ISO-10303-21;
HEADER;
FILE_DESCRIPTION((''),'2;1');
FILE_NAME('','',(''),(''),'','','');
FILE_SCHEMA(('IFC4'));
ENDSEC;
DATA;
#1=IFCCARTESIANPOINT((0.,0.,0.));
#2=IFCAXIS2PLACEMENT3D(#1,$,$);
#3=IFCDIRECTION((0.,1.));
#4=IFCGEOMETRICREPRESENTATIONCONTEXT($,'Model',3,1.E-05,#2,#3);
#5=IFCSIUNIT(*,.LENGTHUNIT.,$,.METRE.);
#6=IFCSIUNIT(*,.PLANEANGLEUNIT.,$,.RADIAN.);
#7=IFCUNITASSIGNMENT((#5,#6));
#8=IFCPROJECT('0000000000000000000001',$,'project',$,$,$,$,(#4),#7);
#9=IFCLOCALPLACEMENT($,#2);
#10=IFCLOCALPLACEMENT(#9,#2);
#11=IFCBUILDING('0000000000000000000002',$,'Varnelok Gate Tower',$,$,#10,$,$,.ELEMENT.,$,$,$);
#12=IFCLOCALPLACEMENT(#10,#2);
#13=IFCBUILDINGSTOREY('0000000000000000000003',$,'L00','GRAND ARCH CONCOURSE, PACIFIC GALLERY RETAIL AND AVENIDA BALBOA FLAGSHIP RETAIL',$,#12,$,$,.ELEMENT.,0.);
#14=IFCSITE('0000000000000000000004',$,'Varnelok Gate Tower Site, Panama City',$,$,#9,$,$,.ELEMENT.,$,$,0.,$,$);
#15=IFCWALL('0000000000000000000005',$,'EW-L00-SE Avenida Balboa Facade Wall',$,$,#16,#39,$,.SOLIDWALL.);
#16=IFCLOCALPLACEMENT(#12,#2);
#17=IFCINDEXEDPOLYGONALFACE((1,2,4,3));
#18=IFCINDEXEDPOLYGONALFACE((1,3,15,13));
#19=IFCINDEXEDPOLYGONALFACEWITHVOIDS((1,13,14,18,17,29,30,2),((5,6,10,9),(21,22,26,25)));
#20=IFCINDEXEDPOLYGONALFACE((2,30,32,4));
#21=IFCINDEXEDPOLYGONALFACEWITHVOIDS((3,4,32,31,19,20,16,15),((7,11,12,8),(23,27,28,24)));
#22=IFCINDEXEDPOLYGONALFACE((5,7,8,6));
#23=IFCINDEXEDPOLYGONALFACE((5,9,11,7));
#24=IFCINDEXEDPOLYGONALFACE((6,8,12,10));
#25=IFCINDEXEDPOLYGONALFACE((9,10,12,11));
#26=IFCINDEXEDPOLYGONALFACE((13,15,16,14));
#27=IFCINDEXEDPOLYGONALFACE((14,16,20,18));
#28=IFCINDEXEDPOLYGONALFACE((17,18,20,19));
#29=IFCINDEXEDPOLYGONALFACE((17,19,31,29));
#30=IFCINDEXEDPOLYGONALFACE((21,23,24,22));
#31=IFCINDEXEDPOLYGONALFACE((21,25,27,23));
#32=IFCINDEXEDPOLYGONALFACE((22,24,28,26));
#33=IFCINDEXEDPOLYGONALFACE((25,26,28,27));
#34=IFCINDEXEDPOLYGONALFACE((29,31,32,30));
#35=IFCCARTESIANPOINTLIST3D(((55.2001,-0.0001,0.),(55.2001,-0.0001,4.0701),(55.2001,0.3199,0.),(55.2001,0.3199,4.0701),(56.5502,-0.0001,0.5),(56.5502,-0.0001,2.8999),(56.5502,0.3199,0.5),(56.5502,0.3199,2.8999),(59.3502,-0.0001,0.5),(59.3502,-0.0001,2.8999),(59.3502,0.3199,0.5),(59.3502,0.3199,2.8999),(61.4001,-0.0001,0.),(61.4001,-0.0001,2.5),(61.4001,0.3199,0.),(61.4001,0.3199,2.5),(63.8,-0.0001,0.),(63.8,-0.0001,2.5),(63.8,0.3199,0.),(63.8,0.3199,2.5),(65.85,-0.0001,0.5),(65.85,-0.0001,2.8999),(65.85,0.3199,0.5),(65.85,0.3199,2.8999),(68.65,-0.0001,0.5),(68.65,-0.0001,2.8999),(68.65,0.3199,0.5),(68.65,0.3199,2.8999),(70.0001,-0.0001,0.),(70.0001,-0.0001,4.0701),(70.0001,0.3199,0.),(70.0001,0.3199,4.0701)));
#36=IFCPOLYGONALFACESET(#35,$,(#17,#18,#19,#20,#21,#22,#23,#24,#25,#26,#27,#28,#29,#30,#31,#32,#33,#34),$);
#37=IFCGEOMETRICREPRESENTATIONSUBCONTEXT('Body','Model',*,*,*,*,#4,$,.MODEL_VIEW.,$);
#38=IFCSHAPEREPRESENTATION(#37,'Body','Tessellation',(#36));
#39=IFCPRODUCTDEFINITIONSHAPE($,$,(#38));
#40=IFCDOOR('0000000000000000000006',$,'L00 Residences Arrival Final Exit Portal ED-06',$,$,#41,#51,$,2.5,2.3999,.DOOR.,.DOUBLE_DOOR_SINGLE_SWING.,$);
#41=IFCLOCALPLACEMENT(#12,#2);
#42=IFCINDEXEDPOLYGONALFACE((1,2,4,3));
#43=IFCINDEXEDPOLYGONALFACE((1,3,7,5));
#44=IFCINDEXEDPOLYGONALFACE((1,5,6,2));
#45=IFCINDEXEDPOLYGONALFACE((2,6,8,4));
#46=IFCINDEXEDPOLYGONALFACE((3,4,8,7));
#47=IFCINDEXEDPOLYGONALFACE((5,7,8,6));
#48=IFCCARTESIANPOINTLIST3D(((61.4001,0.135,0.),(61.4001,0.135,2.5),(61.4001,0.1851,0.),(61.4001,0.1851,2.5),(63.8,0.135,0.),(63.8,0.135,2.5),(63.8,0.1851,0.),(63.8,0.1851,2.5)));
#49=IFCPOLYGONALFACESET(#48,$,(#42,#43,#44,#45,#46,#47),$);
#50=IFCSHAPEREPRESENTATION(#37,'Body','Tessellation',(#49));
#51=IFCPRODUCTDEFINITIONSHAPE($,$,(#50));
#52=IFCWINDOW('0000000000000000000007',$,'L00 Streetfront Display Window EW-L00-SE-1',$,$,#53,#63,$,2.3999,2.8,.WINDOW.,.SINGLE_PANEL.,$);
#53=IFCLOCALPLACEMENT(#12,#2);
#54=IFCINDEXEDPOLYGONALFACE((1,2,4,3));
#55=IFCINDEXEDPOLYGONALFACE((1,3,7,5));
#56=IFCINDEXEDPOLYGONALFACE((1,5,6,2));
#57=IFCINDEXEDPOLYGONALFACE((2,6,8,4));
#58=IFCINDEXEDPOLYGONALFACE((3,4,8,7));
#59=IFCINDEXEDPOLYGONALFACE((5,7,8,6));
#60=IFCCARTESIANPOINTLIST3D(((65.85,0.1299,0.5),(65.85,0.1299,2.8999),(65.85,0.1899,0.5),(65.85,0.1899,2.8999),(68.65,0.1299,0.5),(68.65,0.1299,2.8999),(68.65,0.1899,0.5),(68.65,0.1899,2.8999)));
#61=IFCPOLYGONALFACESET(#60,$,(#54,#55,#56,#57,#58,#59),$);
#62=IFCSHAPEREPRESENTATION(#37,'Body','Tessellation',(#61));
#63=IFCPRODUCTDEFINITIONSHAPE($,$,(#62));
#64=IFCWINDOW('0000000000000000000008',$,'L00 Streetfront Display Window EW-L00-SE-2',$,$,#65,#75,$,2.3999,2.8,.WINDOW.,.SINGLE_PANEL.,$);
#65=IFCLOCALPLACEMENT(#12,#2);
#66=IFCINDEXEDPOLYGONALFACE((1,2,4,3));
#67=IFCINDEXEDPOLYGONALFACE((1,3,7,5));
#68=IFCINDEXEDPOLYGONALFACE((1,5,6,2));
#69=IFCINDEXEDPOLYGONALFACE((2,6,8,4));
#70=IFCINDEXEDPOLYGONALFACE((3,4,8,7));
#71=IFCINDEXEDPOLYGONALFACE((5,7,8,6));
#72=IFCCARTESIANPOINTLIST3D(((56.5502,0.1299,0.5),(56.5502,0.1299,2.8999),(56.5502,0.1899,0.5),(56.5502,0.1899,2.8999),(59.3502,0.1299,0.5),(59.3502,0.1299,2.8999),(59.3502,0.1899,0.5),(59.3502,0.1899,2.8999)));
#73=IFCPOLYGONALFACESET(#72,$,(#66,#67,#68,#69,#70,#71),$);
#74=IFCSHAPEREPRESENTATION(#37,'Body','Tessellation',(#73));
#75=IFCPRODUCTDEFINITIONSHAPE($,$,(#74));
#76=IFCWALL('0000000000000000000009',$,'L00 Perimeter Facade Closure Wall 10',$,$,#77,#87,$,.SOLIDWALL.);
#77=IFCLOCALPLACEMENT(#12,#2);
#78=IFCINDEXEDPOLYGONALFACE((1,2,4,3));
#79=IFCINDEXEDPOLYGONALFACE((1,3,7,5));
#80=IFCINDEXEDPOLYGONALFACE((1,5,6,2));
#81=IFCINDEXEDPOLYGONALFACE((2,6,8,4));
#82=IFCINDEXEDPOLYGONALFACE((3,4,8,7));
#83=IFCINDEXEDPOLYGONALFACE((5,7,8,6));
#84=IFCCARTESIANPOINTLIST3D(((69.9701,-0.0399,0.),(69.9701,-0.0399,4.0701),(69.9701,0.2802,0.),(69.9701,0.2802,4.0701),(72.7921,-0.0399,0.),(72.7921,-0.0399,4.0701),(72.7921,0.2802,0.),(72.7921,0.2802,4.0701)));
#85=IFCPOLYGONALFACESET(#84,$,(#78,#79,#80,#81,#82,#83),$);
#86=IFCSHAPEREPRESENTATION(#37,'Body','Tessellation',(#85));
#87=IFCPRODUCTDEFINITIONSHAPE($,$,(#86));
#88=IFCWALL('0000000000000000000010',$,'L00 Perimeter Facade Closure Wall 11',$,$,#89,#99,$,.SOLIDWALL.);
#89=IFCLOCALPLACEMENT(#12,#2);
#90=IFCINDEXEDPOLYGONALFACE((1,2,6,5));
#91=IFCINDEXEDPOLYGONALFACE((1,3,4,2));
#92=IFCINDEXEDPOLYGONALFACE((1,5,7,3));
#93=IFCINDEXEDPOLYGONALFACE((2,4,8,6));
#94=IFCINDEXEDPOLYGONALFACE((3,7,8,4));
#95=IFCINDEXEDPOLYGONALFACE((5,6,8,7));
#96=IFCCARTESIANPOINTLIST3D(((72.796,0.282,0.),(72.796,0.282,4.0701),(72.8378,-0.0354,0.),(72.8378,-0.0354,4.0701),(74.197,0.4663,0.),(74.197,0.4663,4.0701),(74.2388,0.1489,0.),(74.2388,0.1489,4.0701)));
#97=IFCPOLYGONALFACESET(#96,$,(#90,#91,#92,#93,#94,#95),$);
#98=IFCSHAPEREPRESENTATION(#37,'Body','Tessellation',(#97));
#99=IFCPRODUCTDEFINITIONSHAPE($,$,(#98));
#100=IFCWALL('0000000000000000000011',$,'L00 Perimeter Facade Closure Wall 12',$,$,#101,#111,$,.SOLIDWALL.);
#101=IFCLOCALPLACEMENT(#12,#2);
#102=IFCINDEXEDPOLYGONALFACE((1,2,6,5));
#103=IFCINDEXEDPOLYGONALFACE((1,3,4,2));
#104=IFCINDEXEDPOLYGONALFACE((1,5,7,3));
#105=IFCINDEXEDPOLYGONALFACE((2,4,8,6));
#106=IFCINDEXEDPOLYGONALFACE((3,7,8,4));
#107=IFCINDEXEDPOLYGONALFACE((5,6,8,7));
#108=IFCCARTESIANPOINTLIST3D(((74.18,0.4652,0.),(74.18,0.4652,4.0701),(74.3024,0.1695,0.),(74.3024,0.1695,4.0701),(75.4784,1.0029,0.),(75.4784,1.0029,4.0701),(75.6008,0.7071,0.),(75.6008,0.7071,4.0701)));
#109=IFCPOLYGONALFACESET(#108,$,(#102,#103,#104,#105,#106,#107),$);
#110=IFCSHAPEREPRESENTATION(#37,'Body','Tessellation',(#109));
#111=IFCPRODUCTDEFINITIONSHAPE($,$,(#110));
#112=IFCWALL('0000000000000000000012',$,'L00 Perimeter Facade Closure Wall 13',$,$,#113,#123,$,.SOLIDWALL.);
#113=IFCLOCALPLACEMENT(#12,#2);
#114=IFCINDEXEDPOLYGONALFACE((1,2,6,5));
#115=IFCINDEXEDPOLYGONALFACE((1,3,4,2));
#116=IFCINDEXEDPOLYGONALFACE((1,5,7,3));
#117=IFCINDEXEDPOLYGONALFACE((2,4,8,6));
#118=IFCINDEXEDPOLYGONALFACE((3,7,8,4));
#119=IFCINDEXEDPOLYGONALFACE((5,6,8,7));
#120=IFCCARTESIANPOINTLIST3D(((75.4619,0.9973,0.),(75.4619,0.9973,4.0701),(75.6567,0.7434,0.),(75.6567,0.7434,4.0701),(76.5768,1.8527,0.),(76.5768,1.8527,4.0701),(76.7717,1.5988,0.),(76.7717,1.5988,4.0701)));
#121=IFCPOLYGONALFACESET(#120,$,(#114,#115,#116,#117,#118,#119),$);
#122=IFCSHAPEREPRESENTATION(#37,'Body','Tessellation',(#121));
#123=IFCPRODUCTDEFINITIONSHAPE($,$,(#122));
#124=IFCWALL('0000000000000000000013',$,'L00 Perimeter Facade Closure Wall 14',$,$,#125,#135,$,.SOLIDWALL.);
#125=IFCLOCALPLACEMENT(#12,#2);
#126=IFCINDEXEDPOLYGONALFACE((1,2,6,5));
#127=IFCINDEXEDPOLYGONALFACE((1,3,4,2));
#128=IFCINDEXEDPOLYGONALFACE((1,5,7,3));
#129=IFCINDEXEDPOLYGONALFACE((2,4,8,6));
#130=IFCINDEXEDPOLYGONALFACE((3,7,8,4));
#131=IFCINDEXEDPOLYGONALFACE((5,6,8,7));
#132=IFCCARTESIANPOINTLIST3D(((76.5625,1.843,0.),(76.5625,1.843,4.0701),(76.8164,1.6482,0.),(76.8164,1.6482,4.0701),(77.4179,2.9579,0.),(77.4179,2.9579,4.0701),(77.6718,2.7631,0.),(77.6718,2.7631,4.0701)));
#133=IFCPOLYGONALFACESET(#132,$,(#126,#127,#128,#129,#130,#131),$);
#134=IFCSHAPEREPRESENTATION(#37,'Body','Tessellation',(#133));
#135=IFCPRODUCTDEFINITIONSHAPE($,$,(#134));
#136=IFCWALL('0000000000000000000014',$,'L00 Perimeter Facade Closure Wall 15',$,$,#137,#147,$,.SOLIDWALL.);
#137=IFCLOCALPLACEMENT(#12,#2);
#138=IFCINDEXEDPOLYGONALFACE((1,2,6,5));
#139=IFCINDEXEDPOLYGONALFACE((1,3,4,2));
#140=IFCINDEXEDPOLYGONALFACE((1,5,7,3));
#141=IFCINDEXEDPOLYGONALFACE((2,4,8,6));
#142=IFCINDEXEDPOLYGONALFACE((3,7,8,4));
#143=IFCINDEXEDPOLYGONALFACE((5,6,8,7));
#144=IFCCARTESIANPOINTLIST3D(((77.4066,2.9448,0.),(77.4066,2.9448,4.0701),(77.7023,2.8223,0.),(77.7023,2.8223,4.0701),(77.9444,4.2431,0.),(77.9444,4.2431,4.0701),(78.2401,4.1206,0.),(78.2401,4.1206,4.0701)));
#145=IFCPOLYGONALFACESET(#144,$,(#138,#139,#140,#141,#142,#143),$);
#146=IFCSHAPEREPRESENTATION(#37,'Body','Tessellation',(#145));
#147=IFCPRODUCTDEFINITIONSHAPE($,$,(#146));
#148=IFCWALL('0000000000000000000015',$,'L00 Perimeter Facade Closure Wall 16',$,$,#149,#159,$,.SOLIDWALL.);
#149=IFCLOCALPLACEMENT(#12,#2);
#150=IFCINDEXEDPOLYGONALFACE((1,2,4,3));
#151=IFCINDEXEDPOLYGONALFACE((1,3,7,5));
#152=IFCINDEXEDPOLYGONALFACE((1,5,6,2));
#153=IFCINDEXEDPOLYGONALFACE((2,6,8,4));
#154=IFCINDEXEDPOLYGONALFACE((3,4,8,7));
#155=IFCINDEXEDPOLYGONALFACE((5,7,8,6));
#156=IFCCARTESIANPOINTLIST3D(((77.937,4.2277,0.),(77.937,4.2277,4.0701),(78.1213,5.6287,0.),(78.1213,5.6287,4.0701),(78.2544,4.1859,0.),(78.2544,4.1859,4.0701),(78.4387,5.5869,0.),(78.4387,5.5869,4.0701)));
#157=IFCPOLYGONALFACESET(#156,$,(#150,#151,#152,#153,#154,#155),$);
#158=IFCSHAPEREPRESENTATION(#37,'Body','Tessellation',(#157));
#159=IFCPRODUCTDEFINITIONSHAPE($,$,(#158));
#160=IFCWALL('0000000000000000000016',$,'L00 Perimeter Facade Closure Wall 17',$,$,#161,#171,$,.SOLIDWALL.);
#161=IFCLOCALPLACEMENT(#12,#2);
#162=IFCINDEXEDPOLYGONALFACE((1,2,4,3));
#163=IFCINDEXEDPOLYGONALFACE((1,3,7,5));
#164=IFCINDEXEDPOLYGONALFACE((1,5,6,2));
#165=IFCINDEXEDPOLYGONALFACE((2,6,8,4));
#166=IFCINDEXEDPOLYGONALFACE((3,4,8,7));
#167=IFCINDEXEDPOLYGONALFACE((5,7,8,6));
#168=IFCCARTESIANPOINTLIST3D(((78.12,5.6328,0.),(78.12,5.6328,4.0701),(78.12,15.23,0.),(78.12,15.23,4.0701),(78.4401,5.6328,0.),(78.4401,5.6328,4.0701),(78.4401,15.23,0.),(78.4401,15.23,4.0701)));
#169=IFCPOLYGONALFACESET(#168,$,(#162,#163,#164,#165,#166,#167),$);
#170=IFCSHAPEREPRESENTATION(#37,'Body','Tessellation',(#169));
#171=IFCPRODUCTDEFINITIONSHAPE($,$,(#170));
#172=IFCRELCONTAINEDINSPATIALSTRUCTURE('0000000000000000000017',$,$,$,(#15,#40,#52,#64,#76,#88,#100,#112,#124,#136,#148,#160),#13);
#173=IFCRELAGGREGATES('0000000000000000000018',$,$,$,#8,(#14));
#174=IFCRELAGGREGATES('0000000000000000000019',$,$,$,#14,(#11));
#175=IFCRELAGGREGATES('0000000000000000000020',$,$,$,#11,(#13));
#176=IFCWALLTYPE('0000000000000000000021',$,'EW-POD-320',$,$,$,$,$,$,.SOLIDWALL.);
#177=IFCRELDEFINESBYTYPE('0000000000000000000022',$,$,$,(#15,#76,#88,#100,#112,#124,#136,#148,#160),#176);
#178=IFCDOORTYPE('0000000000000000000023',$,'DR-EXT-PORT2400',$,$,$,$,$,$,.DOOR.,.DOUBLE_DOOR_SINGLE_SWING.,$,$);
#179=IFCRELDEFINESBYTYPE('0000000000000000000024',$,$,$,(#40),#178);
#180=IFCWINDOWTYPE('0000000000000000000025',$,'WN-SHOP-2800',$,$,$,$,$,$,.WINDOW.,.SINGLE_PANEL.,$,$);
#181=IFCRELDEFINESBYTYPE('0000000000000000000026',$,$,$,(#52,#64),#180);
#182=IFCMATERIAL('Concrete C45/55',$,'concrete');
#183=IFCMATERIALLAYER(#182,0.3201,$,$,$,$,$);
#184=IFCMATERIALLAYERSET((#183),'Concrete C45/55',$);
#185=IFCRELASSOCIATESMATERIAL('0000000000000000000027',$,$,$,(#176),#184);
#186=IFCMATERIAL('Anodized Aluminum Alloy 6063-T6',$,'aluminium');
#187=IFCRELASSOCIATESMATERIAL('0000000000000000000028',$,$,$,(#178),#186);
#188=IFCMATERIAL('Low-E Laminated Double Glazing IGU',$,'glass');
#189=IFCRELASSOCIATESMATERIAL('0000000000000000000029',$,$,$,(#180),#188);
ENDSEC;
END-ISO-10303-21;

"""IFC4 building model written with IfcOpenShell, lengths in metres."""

from ifc_helpers import new_model, si_unit, direction, frame, frame_2d, origin, place, context, subcontext, project, spatial, rectangle, extrude, material, layer, layer_set, type_object, element, fill, save


model = new_model("IFC4")

# Units and contexts
model_context = context("Model", 3, precision=1e-05, world=origin(), true_north=direction((0.0, 1.0)))
body_context = subcontext(model_context, "Body", "Model", "MODEL_VIEW")
ifc_project = project(units=[si_unit("LENGTHUNIT", "METRE"), si_unit("PLANEANGLEUNIT", "RADIAN")], contexts=[model_context])

# Site, building, storey
site_placement = place(None, origin())
site = spatial("IfcSite", under=ifc_project, at=site_placement, Name="Varnelok Gate Tower Site, Panama City", CompositionType="ELEMENT", RefElevation=0.0)
building_placement = place(site_placement, origin())
building = spatial("IfcBuilding", under=site, at=building_placement, Name="Varnelok Gate Tower", CompositionType="ELEMENT")
storey_placement = place(building_placement, origin())
storey = spatial("IfcBuildingStorey", under=building, at=storey_placement, Name="L00", Description="GRAND ARCH CONCOURSE, PACIFIC GALLERY RETAIL AND AVENIDA BALBOA FLAGSHIP RETAIL", CompositionType="ELEMENT", Elevation=0.0)

# Wall, openings, door, windows
ifc_material_1 = material(Name="Concrete C45/55", Category="concrete")
ifc_layer_1 = layer(ifc_material_1, 0.3201)
ifc_layer_set_1 = layer_set([ifc_layer_1], Name="Concrete C45/55")
wall_type = type_object("IfcWallType", Name="EW-POD-320", PredefinedType="SOLIDWALL", material=ifc_layer_set_1)
wall_1_placement = place(storey_placement, frame((70.0, 0.1599, 0.0), z_axis=(0.0, 0.0, 1.0), x_axis=(-1.0, 0.0, 0.0)))
wall_1 = element("IfcWall", 1, at=wall_1_placement, inside=storey, type_object=wall_type, Name="EW-L00-SE Avenida Balboa Facade Wall", PredefinedType="SOLIDWALL", context=body_context, shape_type="SweptSolid", body=[
    extrude(rectangle(XDim=14.8, YDim=0.3201, at=frame_2d((7.3999, 0.0))), origin(), (0.0, 0.0, 1.0), 4.0701),
])
opening_1_placement = place(wall_1_placement, frame((6.2, 0.0, 0.0)))
opening_1 = element("IfcOpeningElement", 2, at=opening_1_placement, cuts=wall_1, PredefinedType="OPENING", context=body_context, shape_type="SweptSolid", body=[
    extrude(rectangle(XDim=2.3999, YDim=2.5, at=frame_2d((1.2, 1.25))), frame((0.0, 0.1699, 0.0), z_axis=(0.0, -1.0, 0.0), x_axis=(1.0, 0.0, 0.0)), (0.0, 0.0, 1.0), 0.3401),
])
opening_2_placement = place(wall_1_placement, frame((1.3501, 0.0, 0.5)))
opening_2 = element("IfcOpeningElement", 3, at=opening_2_placement, cuts=wall_1, PredefinedType="OPENING", context=body_context, shape_type="SweptSolid", body=[
    extrude(rectangle(XDim=2.8, YDim=2.3999, at=frame_2d((1.3999, 1.2))), frame((0.0, 0.1699, 0.0), z_axis=(0.0, -1.0, 0.0), x_axis=(1.0, 0.0, 0.0)), (0.0, 0.0, 1.0), 0.3401),
])
opening_3_placement = place(wall_1_placement, frame((10.6499, 0.0, 0.5)))
opening_3 = element("IfcOpeningElement", 4, at=opening_3_placement, cuts=wall_1, PredefinedType="OPENING", context=body_context, shape_type="SweptSolid", body=[
    extrude(rectangle(XDim=2.8, YDim=2.3999, at=frame_2d((1.3999, 1.2))), frame((0.0, 0.1699, 0.0), z_axis=(0.0, -1.0, 0.0), x_axis=(1.0, 0.0, 0.0)), (0.0, 0.0, 1.0), 0.3401),
])
ifc_material_2 = material(Name="Anodized Aluminum Alloy 6063-T6", Category="aluminium")
door_type = type_object("IfcDoorType", Name="DR-EXT-PORT2400", OperationType="DOUBLE_DOOR_SINGLE_SWING", PredefinedType="DOOR", material=ifc_material_2)
door_placement = place(opening_1_placement, origin())
door = element("IfcDoor", 5, at=door_placement, inside=storey, type_object=door_type, Name="L00 Residences Arrival Final Exit Portal ED-06", OperationType="DOUBLE_DOOR_SINGLE_SWING", OverallHeight=2.5, OverallWidth=2.3999, PredefinedType="DOOR", context=body_context, shape_type="SweptSolid", body=[
    extrude(rectangle(XDim=2.3999, YDim=2.5, at=frame_2d((1.2, 1.25))), frame((0.0, 0.0249, 0.0), z_axis=(0.0, -1.0, 0.0), x_axis=(1.0, 0.0, 0.0)), (0.0, 0.0, 1.0), 0.05),
])
fill(opening_1, door)
ifc_material_3 = material(Name="Low-E Laminated Double Glazing IGU", Category="glass")
window_type = type_object("IfcWindowType", Name="WN-SHOP-2800", PartitioningType="SINGLE_PANEL", PredefinedType="WINDOW", material=ifc_material_3)
window_1_placement = place(opening_2_placement, origin())
window_1 = element("IfcWindow", 6, at=window_1_placement, inside=storey, type_object=window_type, Name="L00 Streetfront Display Window EW-L00-SE-1", OverallHeight=2.3999, OverallWidth=2.8, PartitioningType="SINGLE_PANEL", PredefinedType="WINDOW", context=body_context, shape_type="SweptSolid", body=[
    extrude(rectangle(XDim=2.8, YDim=2.3999, at=frame_2d((1.3999, 1.2))), frame((0.0, 0.03, 0.0), z_axis=(0.0, -1.0, 0.0), x_axis=(1.0, 0.0, 0.0)), (0.0, 0.0, 1.0), 0.0601),
])
fill(opening_2, window_1)
window_2_placement = place(opening_3_placement, origin())
window_2 = element("IfcWindow", 7, at=window_2_placement, inside=storey, type_object=window_type, Name="L00 Streetfront Display Window EW-L00-SE-2", OverallHeight=2.3999, OverallWidth=2.8, PartitioningType="SINGLE_PANEL", PredefinedType="WINDOW", context=body_context, shape_type="SweptSolid", body=[
    extrude(rectangle(XDim=2.8, YDim=2.3999, at=frame_2d((1.3999, 1.2))), frame((0.0, 0.03, 0.0), z_axis=(0.0, -1.0, 0.0), x_axis=(1.0, 0.0, 0.0)), (0.0, 0.0, 1.0), 0.0601),
])
fill(opening_3, window_2)

# Walls
wall_2_placement = place(storey_placement, frame((69.97, 0.1201, 0.0), z_axis=(0.0, 0.0, 1.0), x_axis=(1.0, 0.0, 0.0)))
element("IfcWall", 8, at=wall_2_placement, inside=storey, type_object=wall_type, Name="L00 Perimeter Facade Closure Wall 10", PredefinedType="SOLIDWALL", context=body_context, shape_type="SweptSolid", body=[
    extrude(rectangle(XDim=2.822, YDim=0.3201, at=frame_2d((1.4111, 0.0))), origin(), (0.0, 0.0, 1.0), 4.0701),
])
wall_3_placement = place(storey_placement, frame((72.8169, 0.1233, 0.0), z_axis=(0.0, 0.0, 1.0), x_axis=(0.991457, 0.130432, 0.0)))
element("IfcWall", 9, at=wall_3_placement, inside=storey, type_object=wall_type, Name="L00 Perimeter Facade Closure Wall 11", PredefinedType="SOLIDWALL", context=body_context, shape_type="SweptSolid", body=[
    extrude(rectangle(XDim=1.4131, YDim=0.3201, at=frame_2d((0.7065, 0.0))), origin(), (0.0, 0.0, 1.0), 4.0701),
])
for number, where, z_axis, x_axis, name in (
    (10, (74.2412, 0.3174, 0.0), (0.0, 0.0, 1.0), (0.923928, 0.382567, 0.0), "L00 Perimeter Facade Closure Wall 12"),
    (11, (75.5593, 0.8704, 0.0), (0.0, 0.0, 1.0), (0.793385, 0.60872, 0.0), "L00 Perimeter Facade Closure Wall 13"),
    (12, (76.6895, 1.7456, 0.0), (0.0, 0.0, 1.0), (0.60872, 0.793385, 0.0), "L00 Perimeter Facade Closure Wall 14"),
    (13, (77.5544, 2.8835, 0.0), (0.0, 0.0, 1.0), (0.382715, 0.923866, 0.0), "L00 Perimeter Facade Closure Wall 15"),
):
    element("IfcWall", number, at=place(storey_placement, frame(where, z_axis=z_axis, x_axis=x_axis)), inside=storey, type_object=wall_type, Name=name, PredefinedType="SOLIDWALL", context=body_context, shape_type="SweptSolid", body=[
        extrude(rectangle(XDim=1.4053, YDim=0.3201, at=frame_2d((0.7026, 0.0))), origin(), (0.0, 0.0, 1.0), 4.0701),
    ])
wall_4_placement = place(storey_placement, frame((78.0957, 4.2068, 0.0), z_axis=(0.0, 0.0, 1.0), x_axis=(0.130432, 0.991457, 0.0)))
element("IfcWall", 14, at=wall_4_placement, inside=storey, type_object=wall_type, Name="L00 Perimeter Facade Closure Wall 16", PredefinedType="SOLIDWALL", context=body_context, shape_type="SweptSolid", body=[
    extrude(rectangle(XDim=1.4131, YDim=0.3201, at=frame_2d((0.7065, 0.0))), origin(), (0.0, 0.0, 1.0), 4.0701),
])
wall_5_placement = place(storey_placement, frame((78.28, 5.6328, 0.0), z_axis=(0.0, 0.0, 1.0), x_axis=(0.0, 1.0, 0.0)))
element("IfcWall", 15, at=wall_5_placement, inside=storey, type_object=wall_type, Name="L00 Perimeter Facade Closure Wall 17", PredefinedType="SOLIDWALL", context=body_context, shape_type="SweptSolid", body=[
    extrude(rectangle(XDim=9.5972, YDim=0.3201, at=frame_2d((4.7986, 0.0))), origin(), (0.0, 0.0, 1.0), 4.0701),
])

save(model, "model.ifc")
